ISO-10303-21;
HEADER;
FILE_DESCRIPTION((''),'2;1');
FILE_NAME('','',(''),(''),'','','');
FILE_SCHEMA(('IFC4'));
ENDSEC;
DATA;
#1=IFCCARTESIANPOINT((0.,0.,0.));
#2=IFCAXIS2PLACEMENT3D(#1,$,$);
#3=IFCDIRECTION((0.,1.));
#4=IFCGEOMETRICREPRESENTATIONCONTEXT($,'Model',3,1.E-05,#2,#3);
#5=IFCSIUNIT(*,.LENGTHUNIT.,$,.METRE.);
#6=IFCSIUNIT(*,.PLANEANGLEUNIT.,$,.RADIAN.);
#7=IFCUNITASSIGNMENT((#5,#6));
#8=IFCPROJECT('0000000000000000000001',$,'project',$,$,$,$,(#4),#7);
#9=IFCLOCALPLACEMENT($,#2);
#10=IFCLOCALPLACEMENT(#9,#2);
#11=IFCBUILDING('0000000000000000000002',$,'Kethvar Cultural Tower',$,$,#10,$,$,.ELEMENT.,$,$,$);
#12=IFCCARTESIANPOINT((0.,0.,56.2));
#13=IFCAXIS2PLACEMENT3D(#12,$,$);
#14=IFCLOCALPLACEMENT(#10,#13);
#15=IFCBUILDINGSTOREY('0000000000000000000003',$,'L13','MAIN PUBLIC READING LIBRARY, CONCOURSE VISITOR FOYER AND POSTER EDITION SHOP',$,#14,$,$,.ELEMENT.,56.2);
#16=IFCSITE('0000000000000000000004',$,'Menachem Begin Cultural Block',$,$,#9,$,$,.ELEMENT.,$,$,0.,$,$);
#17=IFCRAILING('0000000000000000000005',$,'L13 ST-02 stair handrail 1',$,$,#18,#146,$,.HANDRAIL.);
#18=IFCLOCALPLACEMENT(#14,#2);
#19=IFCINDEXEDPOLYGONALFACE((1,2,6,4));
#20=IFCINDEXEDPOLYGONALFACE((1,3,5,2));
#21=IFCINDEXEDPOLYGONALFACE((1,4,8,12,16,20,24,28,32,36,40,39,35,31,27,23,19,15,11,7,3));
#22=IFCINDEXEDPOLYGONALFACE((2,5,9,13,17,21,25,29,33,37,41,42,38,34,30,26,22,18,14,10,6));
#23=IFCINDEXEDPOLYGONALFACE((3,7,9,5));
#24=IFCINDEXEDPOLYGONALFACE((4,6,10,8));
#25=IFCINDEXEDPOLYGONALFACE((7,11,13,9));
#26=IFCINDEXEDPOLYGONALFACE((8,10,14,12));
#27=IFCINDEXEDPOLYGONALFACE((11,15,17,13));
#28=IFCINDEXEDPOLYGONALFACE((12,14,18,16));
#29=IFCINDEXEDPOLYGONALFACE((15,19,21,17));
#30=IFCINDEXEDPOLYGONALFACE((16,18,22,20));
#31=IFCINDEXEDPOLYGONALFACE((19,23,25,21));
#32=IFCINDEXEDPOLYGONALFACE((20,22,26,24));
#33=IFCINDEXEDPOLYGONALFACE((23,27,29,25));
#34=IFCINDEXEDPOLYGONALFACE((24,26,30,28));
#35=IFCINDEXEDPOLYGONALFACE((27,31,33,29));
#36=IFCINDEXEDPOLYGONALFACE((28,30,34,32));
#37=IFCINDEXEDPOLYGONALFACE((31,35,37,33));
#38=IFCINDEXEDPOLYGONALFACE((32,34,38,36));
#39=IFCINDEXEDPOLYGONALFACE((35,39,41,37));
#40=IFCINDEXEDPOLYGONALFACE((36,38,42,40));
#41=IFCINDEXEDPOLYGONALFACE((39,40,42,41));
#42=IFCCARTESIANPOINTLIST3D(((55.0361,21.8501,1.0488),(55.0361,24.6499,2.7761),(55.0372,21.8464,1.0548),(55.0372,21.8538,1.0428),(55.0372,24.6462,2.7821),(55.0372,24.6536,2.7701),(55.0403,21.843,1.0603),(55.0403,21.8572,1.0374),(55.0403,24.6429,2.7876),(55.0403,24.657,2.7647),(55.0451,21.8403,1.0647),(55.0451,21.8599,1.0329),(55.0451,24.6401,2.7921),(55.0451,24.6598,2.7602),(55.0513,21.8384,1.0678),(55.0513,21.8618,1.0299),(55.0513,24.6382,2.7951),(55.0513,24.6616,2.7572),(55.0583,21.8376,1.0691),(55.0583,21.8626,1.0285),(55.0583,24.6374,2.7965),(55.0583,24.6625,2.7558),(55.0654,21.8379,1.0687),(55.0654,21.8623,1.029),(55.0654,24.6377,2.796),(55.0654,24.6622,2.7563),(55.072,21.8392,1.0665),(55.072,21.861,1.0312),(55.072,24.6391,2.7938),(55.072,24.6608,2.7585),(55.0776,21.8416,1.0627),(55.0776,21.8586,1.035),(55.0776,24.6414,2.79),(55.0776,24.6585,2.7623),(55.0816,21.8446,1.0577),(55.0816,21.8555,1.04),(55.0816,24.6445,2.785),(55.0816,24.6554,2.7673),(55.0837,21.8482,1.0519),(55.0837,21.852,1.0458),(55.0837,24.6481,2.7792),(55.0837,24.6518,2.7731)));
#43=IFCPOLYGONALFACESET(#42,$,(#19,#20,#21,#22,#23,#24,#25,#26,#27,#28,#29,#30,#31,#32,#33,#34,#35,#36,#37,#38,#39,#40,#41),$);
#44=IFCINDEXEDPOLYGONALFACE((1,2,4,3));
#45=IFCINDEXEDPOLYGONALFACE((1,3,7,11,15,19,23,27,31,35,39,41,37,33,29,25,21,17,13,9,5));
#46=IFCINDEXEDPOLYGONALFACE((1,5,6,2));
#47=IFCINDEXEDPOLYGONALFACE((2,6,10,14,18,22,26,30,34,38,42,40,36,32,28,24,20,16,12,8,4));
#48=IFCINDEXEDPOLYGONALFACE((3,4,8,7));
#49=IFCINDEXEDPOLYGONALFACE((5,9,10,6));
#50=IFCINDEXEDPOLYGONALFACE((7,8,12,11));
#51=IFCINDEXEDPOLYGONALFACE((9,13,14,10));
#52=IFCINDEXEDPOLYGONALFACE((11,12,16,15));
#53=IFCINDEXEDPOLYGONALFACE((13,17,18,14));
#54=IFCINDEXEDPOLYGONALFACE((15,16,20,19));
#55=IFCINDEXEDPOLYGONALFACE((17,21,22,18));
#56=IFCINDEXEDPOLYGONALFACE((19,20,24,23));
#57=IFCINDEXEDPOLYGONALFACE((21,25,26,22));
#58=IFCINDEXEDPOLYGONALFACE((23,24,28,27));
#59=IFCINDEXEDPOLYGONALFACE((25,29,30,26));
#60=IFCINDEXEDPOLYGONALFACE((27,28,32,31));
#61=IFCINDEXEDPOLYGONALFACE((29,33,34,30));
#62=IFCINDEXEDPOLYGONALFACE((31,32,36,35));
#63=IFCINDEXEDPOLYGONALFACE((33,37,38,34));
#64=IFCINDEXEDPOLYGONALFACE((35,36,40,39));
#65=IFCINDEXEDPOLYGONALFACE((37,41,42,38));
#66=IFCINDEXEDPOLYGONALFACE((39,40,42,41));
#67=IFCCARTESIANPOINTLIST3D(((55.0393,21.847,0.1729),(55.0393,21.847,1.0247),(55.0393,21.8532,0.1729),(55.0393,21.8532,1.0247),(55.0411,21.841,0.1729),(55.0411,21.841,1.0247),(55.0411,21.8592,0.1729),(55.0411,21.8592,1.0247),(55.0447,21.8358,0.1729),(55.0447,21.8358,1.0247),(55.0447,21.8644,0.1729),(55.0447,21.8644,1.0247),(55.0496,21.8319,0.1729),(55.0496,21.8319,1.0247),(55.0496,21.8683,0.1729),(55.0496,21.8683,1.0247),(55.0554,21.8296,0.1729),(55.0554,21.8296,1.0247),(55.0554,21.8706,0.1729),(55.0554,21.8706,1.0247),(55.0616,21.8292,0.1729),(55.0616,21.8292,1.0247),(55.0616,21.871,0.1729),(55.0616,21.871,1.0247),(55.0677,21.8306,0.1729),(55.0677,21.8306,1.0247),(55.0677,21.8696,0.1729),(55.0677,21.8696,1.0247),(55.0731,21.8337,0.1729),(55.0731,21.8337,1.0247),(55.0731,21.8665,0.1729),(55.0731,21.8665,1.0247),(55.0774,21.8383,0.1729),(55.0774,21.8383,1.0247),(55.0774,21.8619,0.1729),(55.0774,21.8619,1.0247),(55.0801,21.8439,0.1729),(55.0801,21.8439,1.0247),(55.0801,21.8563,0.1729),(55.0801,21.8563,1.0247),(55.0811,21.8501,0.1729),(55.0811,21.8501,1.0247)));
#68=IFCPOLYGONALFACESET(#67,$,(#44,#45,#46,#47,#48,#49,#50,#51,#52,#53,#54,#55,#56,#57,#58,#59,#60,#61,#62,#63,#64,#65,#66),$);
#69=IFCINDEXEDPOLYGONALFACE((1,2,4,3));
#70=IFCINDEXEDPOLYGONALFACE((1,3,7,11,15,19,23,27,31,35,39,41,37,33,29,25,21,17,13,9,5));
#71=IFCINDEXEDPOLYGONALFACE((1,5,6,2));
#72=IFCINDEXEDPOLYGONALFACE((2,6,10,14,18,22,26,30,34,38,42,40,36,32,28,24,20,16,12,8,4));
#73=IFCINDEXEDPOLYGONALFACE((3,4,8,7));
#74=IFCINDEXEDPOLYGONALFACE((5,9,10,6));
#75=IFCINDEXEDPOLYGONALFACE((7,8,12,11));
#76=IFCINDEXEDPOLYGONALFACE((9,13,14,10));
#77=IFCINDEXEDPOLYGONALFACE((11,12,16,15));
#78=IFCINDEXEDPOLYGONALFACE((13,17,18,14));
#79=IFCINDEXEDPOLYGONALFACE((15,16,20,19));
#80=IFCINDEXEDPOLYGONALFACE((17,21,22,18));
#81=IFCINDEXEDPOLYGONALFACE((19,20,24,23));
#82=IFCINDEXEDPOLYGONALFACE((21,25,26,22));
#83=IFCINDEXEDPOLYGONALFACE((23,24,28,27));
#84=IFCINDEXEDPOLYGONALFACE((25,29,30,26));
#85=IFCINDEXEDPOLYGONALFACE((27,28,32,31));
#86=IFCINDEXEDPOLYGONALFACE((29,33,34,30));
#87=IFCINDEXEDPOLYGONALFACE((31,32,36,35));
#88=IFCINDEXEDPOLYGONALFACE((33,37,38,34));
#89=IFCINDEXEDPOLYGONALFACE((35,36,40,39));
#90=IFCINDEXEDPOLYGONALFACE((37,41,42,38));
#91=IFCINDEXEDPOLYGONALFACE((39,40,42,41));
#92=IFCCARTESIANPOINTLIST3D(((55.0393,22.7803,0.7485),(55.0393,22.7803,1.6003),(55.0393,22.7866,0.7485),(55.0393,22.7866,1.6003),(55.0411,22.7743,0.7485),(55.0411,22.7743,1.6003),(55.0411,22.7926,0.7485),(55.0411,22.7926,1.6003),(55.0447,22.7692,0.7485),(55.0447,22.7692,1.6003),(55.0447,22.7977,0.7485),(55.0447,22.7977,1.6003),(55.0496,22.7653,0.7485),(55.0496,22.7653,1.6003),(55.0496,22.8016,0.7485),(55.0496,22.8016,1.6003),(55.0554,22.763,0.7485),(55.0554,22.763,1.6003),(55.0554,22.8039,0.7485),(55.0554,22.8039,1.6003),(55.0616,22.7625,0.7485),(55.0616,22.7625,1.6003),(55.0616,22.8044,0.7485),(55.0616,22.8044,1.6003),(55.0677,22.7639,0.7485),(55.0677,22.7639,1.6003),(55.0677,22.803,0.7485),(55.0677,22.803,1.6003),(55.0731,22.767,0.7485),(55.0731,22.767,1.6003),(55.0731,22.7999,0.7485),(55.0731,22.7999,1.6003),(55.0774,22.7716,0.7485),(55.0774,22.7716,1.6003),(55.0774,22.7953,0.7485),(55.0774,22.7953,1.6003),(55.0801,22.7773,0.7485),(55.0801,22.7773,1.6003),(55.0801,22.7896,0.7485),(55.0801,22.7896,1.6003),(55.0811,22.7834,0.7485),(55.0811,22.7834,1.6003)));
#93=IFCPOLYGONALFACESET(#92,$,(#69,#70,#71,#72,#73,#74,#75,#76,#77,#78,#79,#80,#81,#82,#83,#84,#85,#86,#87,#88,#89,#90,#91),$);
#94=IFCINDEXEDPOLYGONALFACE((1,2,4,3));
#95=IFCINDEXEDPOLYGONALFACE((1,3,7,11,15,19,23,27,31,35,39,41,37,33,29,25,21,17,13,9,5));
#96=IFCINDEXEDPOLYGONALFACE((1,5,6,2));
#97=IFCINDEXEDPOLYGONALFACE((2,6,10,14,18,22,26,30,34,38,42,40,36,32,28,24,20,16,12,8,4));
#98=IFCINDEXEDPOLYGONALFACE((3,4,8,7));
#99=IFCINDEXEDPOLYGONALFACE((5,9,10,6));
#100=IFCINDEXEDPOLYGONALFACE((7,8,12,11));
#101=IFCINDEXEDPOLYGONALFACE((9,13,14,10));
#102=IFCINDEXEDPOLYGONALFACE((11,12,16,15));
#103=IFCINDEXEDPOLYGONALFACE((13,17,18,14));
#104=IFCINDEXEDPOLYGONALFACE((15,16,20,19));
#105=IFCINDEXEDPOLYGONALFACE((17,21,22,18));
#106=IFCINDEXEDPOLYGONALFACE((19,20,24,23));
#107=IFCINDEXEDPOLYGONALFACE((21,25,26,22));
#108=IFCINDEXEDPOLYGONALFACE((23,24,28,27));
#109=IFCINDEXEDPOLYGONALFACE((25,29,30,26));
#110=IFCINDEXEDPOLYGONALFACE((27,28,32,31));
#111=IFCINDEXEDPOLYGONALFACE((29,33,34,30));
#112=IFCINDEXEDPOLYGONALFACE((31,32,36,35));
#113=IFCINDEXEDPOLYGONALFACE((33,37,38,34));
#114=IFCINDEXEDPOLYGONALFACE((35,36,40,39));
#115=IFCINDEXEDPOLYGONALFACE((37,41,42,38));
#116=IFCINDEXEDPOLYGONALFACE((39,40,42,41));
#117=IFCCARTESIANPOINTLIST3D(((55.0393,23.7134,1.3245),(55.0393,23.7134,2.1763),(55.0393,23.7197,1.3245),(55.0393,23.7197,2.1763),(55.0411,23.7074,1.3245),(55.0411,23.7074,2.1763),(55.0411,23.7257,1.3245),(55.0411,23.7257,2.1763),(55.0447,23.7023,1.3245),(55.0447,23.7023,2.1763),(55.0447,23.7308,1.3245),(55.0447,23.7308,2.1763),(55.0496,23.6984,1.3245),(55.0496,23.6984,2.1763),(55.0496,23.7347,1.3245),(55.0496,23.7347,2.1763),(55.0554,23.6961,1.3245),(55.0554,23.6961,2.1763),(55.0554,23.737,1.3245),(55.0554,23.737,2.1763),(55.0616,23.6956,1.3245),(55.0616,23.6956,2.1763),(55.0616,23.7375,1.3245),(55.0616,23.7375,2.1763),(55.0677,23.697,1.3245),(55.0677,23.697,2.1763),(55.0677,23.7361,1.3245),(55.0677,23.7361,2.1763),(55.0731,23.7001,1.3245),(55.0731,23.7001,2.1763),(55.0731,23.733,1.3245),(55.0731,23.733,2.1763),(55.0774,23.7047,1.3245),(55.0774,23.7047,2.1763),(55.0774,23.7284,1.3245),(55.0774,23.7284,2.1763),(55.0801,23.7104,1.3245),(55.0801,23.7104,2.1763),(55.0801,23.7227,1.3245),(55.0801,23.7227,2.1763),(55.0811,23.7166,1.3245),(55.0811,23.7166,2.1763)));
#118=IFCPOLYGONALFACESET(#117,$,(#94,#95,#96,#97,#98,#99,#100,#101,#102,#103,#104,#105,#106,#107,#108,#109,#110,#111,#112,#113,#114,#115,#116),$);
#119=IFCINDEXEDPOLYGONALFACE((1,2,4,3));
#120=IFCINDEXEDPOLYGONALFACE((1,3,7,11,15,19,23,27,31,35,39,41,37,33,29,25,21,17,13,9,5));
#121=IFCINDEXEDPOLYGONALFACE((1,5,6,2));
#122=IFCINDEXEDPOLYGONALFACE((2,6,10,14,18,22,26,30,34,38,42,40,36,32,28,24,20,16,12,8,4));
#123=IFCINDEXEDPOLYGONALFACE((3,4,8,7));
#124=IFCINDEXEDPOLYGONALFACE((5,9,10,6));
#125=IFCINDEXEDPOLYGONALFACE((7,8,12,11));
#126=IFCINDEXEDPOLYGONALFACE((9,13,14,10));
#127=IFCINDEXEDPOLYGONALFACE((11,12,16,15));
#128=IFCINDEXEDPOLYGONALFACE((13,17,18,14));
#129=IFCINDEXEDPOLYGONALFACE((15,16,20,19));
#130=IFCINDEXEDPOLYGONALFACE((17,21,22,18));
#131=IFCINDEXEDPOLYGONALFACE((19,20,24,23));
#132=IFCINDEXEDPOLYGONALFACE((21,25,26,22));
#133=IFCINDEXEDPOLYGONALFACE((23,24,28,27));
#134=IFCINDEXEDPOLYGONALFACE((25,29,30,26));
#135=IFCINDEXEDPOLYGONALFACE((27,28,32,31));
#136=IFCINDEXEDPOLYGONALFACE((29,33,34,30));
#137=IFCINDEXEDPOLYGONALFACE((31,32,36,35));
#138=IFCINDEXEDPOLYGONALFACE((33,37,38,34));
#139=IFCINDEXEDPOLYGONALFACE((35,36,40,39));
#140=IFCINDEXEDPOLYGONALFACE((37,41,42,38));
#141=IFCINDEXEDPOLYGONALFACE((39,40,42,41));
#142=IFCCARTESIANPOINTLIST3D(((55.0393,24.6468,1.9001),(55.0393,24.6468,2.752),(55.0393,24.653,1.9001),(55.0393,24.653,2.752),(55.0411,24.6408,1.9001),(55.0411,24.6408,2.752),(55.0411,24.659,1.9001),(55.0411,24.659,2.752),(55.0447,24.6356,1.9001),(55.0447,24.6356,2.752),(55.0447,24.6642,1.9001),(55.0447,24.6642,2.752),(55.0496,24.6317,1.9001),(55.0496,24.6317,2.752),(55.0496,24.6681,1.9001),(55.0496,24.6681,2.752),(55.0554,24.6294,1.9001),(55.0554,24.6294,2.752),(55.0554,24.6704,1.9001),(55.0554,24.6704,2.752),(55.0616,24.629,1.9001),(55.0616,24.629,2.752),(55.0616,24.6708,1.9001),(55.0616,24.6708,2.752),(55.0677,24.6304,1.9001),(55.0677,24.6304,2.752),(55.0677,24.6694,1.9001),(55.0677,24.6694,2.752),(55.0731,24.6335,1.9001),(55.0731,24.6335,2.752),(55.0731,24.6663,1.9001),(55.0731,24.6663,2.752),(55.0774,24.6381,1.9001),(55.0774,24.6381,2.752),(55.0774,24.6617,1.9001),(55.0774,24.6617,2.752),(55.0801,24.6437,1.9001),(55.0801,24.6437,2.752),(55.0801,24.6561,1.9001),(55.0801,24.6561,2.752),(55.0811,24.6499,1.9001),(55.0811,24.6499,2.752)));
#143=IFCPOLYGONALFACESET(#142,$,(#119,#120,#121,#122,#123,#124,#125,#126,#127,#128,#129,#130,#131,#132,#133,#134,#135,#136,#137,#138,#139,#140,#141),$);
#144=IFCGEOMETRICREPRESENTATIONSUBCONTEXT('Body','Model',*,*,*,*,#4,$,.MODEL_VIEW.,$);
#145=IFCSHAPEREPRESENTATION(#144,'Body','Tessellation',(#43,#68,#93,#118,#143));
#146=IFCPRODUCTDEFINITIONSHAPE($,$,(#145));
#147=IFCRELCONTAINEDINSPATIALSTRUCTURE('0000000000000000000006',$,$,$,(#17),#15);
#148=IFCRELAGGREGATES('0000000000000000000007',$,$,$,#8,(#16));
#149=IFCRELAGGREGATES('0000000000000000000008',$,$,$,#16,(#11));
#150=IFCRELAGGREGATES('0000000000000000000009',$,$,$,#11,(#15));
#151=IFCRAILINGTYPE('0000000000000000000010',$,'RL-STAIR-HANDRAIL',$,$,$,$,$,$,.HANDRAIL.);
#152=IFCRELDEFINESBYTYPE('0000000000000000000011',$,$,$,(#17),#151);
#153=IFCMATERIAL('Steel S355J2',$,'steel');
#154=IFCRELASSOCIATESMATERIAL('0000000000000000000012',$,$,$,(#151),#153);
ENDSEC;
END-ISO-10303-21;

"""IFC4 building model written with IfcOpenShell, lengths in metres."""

from ifc_helpers import new_model, si_unit, direction, frame, origin, origin_2d, place, context, subcontext, project, spatial, circle, extrude, material, type_object, element, save


model = new_model("IFC4")

# Units and contexts
model_context = context("Model", 3, precision=1e-05, world=origin(), true_north=direction((0.0, 1.0)))
body_context = subcontext(model_context, "Body", "Model", "MODEL_VIEW")
ifc_project = project(units=[si_unit("LENGTHUNIT", "METRE"), si_unit("PLANEANGLEUNIT", "RADIAN")], contexts=[model_context])

# Site, building, storey
site_placement = place(None, origin())
site = spatial("IfcSite", under=ifc_project, at=site_placement, Name="Menachem Begin Cultural Block", CompositionType="ELEMENT", RefElevation=0.0)
building_placement = place(site_placement, origin())
building = spatial("IfcBuilding", under=site, at=building_placement, Name="Kethvar Cultural Tower", CompositionType="ELEMENT")
storey_placement = place(building_placement, frame((0.0, 0.0, 56.2)))
storey = spatial("IfcBuildingStorey", under=building, at=storey_placement, Name="L13", Description="MAIN PUBLIC READING LIBRARY, CONCOURSE VISITOR FOYER AND POSTER EDITION SHOP", CompositionType="ELEMENT", Elevation=56.2)

# Shared definitions
ifc_material_1 = material(Name="Steel S355J2", Category="steel")

# Railing
railing_type_1 = type_object("IfcRailingType", Name="RL-STAIR-HANDRAIL", PredefinedType="HANDRAIL", material=ifc_material_1)
railing_1_placement = place(storey_placement, frame((55.0601, 21.8501, 0.1729)))
element("IfcRailing", 1, at=railing_1_placement, inside=storey, type_object=railing_type_1, Name="L13 ST-02 stair handrail 1", PredefinedType="HANDRAIL", context=body_context, shape_type="SweptSolid", body=[
    extrude(circle(Radius=0.0239, at=origin_2d()), frame((0.0, 0.0, 0.876), z_axis=(0.0, 0.851069, 0.525054), x_axis=(-1.0, 0.0, 0.0)), (0.0, 0.0, 1.0), 3.2898),
    extrude(circle(Radius=0.021, at=origin_2d()), origin(), (0.0, 0.0, 1.0), 0.8518),
    extrude(circle(Radius=0.021, at=origin_2d()), frame((0.0, 0.9333, 0.5757)), (0.0, 0.0, 1.0), 0.8518),
    extrude(circle(Radius=0.021, at=origin_2d()), frame((0.0, 1.8665, 1.1516)), (0.0, 0.0, 1.0), 0.8518),
    extrude(circle(Radius=0.021, at=origin_2d()), frame((0.0, 2.7998, 1.7273)), (0.0, 0.0, 1.0), 0.8518),
])

save(model, "model.ifc")
